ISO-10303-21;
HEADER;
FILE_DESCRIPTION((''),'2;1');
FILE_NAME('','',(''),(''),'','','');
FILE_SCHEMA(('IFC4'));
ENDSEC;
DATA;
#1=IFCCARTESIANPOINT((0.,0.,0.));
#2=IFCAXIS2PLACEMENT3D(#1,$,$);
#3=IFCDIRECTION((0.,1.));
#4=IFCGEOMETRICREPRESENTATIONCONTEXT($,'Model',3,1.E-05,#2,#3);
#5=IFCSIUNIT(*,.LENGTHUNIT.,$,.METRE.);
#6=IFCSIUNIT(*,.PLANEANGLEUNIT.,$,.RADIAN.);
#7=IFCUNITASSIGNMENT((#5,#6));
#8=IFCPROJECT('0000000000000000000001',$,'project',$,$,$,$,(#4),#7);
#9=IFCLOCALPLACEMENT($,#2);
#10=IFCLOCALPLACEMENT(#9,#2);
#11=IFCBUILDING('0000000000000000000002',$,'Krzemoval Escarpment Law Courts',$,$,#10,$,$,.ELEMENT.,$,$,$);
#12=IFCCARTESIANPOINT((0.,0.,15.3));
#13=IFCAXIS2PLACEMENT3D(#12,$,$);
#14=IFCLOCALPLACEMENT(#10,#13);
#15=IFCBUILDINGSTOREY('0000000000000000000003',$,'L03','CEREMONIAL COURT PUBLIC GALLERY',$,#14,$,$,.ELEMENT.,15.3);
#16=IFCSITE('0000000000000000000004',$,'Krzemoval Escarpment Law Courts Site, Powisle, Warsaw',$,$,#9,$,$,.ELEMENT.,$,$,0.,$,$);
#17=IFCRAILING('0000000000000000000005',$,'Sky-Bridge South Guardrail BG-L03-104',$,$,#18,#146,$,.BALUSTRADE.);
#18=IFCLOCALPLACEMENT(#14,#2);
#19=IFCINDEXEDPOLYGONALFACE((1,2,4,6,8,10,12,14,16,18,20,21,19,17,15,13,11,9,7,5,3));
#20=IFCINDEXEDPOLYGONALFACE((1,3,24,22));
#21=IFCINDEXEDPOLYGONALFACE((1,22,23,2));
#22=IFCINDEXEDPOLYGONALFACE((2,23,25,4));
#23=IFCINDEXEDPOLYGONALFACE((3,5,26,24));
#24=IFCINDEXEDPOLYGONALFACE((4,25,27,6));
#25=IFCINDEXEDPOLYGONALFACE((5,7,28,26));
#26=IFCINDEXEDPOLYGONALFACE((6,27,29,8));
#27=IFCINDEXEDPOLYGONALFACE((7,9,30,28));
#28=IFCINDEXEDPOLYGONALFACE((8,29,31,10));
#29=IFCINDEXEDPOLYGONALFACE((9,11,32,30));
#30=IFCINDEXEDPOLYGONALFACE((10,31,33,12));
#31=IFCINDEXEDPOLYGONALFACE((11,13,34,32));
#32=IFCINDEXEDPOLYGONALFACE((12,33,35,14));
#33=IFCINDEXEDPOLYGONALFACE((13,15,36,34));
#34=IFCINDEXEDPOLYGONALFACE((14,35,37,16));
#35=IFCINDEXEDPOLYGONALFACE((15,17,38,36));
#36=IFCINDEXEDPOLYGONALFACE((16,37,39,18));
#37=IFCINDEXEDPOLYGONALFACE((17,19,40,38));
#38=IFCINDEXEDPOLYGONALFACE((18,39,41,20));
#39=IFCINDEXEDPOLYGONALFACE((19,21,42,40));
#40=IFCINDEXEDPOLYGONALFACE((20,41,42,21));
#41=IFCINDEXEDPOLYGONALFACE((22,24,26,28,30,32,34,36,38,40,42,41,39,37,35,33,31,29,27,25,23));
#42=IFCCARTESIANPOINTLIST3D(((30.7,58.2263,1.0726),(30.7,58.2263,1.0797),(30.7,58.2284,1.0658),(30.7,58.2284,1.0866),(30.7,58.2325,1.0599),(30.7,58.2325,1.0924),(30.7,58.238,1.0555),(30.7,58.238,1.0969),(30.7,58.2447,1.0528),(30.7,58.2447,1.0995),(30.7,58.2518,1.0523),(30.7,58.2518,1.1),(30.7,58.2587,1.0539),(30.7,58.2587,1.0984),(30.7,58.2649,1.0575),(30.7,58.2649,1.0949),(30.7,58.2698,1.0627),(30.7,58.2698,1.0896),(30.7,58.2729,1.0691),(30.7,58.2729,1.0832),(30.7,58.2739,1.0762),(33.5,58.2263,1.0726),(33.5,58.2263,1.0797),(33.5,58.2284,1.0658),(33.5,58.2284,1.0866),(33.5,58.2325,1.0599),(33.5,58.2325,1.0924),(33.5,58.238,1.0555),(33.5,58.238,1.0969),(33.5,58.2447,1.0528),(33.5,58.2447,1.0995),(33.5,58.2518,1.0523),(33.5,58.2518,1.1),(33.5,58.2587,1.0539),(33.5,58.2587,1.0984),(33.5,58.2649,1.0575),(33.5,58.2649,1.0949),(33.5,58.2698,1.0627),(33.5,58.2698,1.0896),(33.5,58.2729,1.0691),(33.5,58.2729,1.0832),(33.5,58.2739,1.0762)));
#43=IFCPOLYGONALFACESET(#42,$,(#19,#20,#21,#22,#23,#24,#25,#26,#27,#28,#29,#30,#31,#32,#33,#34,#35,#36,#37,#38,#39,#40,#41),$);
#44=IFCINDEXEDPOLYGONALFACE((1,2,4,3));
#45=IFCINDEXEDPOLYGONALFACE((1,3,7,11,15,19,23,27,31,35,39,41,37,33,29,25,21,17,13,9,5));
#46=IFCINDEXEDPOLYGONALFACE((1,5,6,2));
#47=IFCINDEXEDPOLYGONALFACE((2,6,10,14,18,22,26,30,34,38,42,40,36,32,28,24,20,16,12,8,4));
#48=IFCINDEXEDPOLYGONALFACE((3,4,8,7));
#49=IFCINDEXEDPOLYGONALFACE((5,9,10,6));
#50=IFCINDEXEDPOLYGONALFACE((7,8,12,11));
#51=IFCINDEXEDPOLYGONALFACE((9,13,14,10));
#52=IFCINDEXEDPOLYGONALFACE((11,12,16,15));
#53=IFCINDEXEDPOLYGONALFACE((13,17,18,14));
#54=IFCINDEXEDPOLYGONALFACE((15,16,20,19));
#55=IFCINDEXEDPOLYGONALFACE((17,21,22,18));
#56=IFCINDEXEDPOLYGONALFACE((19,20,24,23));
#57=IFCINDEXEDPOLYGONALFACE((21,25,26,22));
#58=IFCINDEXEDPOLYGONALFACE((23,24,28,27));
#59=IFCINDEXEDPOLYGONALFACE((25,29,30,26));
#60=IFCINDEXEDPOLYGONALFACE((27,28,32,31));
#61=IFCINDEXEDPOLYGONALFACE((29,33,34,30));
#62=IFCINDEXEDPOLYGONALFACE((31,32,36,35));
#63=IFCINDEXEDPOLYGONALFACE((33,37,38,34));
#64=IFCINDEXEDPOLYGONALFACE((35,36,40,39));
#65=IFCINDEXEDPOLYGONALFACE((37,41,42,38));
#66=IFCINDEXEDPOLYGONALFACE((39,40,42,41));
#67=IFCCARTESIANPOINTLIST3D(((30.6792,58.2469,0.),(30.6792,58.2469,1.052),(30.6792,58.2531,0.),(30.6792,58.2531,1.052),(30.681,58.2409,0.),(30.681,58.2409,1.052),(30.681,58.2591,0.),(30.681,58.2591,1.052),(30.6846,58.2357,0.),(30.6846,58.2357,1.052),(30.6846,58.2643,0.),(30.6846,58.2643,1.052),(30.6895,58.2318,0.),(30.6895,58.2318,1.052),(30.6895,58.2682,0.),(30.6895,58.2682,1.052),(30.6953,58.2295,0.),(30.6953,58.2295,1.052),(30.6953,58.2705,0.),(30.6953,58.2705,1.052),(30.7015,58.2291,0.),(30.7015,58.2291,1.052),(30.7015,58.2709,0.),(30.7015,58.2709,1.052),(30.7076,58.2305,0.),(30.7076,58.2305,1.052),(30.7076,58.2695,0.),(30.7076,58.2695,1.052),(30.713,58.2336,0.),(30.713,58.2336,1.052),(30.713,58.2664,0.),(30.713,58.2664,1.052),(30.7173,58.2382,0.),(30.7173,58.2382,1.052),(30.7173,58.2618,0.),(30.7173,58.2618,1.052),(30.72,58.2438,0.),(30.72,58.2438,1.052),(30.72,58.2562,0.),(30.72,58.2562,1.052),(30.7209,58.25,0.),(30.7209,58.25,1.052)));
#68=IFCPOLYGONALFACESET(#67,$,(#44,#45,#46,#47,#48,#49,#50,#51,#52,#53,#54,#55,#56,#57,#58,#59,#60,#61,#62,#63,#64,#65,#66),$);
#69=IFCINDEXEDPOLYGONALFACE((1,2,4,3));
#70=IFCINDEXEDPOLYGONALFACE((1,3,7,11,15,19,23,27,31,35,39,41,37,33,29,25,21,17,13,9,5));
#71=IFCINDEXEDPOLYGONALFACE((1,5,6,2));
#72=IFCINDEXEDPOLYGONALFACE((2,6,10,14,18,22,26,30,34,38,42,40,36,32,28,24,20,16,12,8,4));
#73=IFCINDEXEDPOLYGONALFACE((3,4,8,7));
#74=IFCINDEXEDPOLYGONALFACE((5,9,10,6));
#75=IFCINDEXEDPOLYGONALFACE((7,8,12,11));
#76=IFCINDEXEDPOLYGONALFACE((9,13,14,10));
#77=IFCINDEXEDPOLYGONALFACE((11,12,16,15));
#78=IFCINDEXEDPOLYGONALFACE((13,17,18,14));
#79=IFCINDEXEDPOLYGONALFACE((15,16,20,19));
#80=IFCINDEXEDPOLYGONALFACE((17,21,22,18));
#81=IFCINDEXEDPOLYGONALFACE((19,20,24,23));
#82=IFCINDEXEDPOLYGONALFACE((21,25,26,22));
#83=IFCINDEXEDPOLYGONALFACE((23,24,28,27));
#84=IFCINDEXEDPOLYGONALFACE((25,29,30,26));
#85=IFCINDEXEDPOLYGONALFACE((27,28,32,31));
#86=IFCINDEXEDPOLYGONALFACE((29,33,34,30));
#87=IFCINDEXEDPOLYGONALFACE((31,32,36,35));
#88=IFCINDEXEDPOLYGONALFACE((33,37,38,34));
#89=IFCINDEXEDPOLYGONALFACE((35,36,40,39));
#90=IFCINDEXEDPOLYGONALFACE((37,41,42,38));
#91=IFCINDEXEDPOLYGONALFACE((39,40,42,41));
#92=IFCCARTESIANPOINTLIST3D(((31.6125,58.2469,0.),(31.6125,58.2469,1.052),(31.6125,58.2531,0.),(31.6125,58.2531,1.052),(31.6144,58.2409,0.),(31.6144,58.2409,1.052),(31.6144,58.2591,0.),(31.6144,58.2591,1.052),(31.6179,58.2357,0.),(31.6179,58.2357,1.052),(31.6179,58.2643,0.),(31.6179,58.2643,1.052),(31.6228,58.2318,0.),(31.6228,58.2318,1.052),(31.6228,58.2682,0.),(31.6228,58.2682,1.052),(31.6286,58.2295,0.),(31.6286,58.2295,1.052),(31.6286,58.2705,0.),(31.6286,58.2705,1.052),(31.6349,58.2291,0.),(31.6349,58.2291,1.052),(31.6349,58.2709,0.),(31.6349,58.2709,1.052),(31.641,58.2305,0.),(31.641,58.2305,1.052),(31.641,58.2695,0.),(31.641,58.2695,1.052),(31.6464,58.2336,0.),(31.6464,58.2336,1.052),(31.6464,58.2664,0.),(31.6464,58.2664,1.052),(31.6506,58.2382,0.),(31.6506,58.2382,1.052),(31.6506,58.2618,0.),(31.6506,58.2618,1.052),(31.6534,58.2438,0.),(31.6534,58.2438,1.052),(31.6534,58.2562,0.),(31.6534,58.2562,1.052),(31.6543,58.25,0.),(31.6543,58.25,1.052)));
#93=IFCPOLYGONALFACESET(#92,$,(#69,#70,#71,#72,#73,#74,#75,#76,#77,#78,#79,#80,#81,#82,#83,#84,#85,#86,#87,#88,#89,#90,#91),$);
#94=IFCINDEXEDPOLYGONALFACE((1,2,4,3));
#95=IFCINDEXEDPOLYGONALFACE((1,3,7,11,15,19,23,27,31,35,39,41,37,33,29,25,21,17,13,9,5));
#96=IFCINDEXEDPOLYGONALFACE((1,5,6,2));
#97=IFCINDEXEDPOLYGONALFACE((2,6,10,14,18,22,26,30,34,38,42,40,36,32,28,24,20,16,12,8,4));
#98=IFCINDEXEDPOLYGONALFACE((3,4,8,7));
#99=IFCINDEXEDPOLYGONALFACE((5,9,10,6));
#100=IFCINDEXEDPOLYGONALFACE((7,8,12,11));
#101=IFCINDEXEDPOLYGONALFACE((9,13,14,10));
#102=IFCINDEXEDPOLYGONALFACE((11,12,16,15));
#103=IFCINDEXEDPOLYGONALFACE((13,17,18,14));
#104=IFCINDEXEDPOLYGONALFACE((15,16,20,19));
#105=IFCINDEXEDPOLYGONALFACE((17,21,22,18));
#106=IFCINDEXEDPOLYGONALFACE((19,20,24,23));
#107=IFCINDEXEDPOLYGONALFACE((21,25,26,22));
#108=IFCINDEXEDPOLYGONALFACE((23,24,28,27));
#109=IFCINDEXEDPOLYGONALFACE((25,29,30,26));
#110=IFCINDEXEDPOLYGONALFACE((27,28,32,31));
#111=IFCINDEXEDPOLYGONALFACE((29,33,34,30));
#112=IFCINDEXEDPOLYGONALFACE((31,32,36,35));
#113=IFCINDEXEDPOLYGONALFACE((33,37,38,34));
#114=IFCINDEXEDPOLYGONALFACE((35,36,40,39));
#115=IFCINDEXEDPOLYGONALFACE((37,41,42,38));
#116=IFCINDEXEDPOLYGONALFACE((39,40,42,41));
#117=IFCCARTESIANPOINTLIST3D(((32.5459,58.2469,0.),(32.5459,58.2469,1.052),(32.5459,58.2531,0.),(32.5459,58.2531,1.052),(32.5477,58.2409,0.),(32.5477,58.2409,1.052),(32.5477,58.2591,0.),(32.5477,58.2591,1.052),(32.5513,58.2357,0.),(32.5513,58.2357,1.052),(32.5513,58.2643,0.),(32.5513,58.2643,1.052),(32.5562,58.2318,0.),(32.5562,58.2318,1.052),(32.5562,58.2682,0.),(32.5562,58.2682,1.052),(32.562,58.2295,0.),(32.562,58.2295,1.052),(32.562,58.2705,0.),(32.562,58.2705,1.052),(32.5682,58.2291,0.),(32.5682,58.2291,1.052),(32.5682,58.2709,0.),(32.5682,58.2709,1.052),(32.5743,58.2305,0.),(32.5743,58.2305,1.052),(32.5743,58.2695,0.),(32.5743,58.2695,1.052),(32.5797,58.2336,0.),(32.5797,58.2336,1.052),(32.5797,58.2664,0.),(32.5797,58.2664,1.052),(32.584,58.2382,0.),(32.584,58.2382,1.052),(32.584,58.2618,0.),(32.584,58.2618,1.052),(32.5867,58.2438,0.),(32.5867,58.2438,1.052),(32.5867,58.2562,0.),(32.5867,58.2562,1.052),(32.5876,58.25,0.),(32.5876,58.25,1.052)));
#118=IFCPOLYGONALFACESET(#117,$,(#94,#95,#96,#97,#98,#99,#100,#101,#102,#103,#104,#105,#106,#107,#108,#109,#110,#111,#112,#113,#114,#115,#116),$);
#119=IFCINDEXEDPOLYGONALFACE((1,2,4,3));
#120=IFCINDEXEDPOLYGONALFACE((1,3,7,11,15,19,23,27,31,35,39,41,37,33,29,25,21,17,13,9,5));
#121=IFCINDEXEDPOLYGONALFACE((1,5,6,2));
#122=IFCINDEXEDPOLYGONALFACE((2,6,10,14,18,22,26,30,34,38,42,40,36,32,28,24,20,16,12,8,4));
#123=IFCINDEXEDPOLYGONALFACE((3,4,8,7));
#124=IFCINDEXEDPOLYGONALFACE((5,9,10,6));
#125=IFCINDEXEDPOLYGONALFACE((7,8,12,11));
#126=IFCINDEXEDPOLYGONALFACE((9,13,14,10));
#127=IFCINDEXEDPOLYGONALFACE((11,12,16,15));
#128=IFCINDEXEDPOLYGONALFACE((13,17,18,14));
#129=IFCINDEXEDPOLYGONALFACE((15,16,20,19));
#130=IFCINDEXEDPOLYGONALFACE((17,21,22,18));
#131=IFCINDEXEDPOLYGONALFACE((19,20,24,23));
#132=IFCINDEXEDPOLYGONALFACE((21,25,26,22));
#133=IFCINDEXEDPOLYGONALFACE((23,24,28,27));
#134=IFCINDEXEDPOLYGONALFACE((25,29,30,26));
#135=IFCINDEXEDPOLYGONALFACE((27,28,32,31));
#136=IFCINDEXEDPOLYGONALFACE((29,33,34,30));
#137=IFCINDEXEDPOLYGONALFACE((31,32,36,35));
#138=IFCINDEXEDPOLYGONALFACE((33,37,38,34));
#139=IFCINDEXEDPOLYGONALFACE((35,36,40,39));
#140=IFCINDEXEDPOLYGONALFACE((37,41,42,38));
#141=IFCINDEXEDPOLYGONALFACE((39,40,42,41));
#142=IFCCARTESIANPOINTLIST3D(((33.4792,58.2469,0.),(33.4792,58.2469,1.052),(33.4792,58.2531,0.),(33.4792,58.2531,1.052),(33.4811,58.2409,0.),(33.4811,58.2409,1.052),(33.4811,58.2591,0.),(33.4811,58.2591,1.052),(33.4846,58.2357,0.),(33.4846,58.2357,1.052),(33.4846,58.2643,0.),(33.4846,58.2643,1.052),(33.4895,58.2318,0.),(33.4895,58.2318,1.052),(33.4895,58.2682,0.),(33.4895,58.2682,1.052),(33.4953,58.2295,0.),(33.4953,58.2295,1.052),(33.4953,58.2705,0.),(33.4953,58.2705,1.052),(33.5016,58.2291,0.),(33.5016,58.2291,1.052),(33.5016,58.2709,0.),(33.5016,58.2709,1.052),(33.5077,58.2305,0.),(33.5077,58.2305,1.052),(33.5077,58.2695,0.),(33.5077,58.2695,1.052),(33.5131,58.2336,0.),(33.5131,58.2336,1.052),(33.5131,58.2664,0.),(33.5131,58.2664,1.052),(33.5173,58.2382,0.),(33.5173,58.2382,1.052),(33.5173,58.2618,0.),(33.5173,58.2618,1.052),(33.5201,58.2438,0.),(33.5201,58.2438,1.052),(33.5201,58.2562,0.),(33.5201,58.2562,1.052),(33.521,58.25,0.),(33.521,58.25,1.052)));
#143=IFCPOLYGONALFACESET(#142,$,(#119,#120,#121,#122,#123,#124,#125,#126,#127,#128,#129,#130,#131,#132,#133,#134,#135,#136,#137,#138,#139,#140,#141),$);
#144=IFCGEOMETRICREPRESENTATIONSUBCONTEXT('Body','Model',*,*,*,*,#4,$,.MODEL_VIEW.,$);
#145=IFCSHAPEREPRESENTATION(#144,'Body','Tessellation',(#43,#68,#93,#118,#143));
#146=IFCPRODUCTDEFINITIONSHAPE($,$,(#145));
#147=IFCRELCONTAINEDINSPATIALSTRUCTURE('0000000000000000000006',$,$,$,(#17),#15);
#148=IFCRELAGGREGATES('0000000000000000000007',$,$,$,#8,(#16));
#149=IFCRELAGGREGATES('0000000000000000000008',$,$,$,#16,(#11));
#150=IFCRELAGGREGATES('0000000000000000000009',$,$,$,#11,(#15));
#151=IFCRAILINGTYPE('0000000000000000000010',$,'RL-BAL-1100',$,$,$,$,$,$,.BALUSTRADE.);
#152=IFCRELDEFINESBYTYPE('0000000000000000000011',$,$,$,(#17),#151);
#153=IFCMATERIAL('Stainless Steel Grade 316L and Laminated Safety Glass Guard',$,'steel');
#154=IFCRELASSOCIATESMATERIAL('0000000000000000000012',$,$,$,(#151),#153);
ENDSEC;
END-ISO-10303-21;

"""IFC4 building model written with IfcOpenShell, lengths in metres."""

from ifc_helpers import new_model, si_unit, direction, frame, origin, origin_2d, place, context, subcontext, project, spatial, circle, extrude, material, type_object, element, save


model = new_model("IFC4")

# Units and contexts
model_context = context("Model", 3, precision=1e-05, world=origin(), true_north=direction((0.0, 1.0)))
body_context = subcontext(model_context, "Body", "Model", "MODEL_VIEW")
ifc_project = project(units=[si_unit("LENGTHUNIT", "METRE"), si_unit("PLANEANGLEUNIT", "RADIAN")], contexts=[model_context])

# Site, building, storey
site_placement = place(None, origin())
site = spatial("IfcSite", under=ifc_project, at=site_placement, Name="Krzemoval Escarpment Law Courts Site, Powisle, Warsaw", CompositionType="ELEMENT", RefElevation=0.0)
building_placement = place(site_placement, origin())
building = spatial("IfcBuilding", under=site, at=building_placement, Name="Krzemoval Escarpment Law Courts", CompositionType="ELEMENT")
storey_placement = place(building_placement, frame((0.0, 0.0, 15.3)))
storey = spatial("IfcBuildingStorey", under=building, at=storey_placement, Name="L03", Description="CEREMONIAL COURT PUBLIC GALLERY", CompositionType="ELEMENT", Elevation=15.3)

# Railing
ifc_material_1 = material(Name="Stainless Steel Grade 316L and Laminated Safety Glass Guard", Category="steel")
railing_type = type_object("IfcRailingType", Name="RL-BAL-1100", PredefinedType="BALUSTRADE", material=ifc_material_1)
railing_1_placement = place(storey_placement, frame((30.7, 58.25, 0.0)))
element("IfcRailing", 1, at=railing_1_placement, inside=storey, type_object=railing_type, Name="Sky-Bridge South Guardrail BG-L03-104", PredefinedType="BALUSTRADE", context=body_context, shape_type="SweptSolid", body=[
    extrude(circle(Radius=0.0239, at=origin_2d()), frame((0.0, 0.0, 1.0762), z_axis=(1.0, 0.0, 0.0), x_axis=(0.0, 1.0, 0.0)), (0.0, 0.0, 1.0), 2.8),
    extrude(circle(Radius=0.021, at=origin_2d()), origin(), (0.0, 0.0, 1.0), 1.052),
    extrude(circle(Radius=0.021, at=origin_2d()), frame((0.9333, 0.0, 0.0)), (0.0, 0.0, 1.0), 1.052),
    extrude(circle(Radius=0.021, at=origin_2d()), frame((1.8667, 0.0, 0.0)), (0.0, 0.0, 1.0), 1.052),
    extrude(circle(Radius=0.021, at=origin_2d()), frame((2.8, 0.0, 0.0)), (0.0, 0.0, 1.0), 1.052),
])

save(model, "model.ifc")
